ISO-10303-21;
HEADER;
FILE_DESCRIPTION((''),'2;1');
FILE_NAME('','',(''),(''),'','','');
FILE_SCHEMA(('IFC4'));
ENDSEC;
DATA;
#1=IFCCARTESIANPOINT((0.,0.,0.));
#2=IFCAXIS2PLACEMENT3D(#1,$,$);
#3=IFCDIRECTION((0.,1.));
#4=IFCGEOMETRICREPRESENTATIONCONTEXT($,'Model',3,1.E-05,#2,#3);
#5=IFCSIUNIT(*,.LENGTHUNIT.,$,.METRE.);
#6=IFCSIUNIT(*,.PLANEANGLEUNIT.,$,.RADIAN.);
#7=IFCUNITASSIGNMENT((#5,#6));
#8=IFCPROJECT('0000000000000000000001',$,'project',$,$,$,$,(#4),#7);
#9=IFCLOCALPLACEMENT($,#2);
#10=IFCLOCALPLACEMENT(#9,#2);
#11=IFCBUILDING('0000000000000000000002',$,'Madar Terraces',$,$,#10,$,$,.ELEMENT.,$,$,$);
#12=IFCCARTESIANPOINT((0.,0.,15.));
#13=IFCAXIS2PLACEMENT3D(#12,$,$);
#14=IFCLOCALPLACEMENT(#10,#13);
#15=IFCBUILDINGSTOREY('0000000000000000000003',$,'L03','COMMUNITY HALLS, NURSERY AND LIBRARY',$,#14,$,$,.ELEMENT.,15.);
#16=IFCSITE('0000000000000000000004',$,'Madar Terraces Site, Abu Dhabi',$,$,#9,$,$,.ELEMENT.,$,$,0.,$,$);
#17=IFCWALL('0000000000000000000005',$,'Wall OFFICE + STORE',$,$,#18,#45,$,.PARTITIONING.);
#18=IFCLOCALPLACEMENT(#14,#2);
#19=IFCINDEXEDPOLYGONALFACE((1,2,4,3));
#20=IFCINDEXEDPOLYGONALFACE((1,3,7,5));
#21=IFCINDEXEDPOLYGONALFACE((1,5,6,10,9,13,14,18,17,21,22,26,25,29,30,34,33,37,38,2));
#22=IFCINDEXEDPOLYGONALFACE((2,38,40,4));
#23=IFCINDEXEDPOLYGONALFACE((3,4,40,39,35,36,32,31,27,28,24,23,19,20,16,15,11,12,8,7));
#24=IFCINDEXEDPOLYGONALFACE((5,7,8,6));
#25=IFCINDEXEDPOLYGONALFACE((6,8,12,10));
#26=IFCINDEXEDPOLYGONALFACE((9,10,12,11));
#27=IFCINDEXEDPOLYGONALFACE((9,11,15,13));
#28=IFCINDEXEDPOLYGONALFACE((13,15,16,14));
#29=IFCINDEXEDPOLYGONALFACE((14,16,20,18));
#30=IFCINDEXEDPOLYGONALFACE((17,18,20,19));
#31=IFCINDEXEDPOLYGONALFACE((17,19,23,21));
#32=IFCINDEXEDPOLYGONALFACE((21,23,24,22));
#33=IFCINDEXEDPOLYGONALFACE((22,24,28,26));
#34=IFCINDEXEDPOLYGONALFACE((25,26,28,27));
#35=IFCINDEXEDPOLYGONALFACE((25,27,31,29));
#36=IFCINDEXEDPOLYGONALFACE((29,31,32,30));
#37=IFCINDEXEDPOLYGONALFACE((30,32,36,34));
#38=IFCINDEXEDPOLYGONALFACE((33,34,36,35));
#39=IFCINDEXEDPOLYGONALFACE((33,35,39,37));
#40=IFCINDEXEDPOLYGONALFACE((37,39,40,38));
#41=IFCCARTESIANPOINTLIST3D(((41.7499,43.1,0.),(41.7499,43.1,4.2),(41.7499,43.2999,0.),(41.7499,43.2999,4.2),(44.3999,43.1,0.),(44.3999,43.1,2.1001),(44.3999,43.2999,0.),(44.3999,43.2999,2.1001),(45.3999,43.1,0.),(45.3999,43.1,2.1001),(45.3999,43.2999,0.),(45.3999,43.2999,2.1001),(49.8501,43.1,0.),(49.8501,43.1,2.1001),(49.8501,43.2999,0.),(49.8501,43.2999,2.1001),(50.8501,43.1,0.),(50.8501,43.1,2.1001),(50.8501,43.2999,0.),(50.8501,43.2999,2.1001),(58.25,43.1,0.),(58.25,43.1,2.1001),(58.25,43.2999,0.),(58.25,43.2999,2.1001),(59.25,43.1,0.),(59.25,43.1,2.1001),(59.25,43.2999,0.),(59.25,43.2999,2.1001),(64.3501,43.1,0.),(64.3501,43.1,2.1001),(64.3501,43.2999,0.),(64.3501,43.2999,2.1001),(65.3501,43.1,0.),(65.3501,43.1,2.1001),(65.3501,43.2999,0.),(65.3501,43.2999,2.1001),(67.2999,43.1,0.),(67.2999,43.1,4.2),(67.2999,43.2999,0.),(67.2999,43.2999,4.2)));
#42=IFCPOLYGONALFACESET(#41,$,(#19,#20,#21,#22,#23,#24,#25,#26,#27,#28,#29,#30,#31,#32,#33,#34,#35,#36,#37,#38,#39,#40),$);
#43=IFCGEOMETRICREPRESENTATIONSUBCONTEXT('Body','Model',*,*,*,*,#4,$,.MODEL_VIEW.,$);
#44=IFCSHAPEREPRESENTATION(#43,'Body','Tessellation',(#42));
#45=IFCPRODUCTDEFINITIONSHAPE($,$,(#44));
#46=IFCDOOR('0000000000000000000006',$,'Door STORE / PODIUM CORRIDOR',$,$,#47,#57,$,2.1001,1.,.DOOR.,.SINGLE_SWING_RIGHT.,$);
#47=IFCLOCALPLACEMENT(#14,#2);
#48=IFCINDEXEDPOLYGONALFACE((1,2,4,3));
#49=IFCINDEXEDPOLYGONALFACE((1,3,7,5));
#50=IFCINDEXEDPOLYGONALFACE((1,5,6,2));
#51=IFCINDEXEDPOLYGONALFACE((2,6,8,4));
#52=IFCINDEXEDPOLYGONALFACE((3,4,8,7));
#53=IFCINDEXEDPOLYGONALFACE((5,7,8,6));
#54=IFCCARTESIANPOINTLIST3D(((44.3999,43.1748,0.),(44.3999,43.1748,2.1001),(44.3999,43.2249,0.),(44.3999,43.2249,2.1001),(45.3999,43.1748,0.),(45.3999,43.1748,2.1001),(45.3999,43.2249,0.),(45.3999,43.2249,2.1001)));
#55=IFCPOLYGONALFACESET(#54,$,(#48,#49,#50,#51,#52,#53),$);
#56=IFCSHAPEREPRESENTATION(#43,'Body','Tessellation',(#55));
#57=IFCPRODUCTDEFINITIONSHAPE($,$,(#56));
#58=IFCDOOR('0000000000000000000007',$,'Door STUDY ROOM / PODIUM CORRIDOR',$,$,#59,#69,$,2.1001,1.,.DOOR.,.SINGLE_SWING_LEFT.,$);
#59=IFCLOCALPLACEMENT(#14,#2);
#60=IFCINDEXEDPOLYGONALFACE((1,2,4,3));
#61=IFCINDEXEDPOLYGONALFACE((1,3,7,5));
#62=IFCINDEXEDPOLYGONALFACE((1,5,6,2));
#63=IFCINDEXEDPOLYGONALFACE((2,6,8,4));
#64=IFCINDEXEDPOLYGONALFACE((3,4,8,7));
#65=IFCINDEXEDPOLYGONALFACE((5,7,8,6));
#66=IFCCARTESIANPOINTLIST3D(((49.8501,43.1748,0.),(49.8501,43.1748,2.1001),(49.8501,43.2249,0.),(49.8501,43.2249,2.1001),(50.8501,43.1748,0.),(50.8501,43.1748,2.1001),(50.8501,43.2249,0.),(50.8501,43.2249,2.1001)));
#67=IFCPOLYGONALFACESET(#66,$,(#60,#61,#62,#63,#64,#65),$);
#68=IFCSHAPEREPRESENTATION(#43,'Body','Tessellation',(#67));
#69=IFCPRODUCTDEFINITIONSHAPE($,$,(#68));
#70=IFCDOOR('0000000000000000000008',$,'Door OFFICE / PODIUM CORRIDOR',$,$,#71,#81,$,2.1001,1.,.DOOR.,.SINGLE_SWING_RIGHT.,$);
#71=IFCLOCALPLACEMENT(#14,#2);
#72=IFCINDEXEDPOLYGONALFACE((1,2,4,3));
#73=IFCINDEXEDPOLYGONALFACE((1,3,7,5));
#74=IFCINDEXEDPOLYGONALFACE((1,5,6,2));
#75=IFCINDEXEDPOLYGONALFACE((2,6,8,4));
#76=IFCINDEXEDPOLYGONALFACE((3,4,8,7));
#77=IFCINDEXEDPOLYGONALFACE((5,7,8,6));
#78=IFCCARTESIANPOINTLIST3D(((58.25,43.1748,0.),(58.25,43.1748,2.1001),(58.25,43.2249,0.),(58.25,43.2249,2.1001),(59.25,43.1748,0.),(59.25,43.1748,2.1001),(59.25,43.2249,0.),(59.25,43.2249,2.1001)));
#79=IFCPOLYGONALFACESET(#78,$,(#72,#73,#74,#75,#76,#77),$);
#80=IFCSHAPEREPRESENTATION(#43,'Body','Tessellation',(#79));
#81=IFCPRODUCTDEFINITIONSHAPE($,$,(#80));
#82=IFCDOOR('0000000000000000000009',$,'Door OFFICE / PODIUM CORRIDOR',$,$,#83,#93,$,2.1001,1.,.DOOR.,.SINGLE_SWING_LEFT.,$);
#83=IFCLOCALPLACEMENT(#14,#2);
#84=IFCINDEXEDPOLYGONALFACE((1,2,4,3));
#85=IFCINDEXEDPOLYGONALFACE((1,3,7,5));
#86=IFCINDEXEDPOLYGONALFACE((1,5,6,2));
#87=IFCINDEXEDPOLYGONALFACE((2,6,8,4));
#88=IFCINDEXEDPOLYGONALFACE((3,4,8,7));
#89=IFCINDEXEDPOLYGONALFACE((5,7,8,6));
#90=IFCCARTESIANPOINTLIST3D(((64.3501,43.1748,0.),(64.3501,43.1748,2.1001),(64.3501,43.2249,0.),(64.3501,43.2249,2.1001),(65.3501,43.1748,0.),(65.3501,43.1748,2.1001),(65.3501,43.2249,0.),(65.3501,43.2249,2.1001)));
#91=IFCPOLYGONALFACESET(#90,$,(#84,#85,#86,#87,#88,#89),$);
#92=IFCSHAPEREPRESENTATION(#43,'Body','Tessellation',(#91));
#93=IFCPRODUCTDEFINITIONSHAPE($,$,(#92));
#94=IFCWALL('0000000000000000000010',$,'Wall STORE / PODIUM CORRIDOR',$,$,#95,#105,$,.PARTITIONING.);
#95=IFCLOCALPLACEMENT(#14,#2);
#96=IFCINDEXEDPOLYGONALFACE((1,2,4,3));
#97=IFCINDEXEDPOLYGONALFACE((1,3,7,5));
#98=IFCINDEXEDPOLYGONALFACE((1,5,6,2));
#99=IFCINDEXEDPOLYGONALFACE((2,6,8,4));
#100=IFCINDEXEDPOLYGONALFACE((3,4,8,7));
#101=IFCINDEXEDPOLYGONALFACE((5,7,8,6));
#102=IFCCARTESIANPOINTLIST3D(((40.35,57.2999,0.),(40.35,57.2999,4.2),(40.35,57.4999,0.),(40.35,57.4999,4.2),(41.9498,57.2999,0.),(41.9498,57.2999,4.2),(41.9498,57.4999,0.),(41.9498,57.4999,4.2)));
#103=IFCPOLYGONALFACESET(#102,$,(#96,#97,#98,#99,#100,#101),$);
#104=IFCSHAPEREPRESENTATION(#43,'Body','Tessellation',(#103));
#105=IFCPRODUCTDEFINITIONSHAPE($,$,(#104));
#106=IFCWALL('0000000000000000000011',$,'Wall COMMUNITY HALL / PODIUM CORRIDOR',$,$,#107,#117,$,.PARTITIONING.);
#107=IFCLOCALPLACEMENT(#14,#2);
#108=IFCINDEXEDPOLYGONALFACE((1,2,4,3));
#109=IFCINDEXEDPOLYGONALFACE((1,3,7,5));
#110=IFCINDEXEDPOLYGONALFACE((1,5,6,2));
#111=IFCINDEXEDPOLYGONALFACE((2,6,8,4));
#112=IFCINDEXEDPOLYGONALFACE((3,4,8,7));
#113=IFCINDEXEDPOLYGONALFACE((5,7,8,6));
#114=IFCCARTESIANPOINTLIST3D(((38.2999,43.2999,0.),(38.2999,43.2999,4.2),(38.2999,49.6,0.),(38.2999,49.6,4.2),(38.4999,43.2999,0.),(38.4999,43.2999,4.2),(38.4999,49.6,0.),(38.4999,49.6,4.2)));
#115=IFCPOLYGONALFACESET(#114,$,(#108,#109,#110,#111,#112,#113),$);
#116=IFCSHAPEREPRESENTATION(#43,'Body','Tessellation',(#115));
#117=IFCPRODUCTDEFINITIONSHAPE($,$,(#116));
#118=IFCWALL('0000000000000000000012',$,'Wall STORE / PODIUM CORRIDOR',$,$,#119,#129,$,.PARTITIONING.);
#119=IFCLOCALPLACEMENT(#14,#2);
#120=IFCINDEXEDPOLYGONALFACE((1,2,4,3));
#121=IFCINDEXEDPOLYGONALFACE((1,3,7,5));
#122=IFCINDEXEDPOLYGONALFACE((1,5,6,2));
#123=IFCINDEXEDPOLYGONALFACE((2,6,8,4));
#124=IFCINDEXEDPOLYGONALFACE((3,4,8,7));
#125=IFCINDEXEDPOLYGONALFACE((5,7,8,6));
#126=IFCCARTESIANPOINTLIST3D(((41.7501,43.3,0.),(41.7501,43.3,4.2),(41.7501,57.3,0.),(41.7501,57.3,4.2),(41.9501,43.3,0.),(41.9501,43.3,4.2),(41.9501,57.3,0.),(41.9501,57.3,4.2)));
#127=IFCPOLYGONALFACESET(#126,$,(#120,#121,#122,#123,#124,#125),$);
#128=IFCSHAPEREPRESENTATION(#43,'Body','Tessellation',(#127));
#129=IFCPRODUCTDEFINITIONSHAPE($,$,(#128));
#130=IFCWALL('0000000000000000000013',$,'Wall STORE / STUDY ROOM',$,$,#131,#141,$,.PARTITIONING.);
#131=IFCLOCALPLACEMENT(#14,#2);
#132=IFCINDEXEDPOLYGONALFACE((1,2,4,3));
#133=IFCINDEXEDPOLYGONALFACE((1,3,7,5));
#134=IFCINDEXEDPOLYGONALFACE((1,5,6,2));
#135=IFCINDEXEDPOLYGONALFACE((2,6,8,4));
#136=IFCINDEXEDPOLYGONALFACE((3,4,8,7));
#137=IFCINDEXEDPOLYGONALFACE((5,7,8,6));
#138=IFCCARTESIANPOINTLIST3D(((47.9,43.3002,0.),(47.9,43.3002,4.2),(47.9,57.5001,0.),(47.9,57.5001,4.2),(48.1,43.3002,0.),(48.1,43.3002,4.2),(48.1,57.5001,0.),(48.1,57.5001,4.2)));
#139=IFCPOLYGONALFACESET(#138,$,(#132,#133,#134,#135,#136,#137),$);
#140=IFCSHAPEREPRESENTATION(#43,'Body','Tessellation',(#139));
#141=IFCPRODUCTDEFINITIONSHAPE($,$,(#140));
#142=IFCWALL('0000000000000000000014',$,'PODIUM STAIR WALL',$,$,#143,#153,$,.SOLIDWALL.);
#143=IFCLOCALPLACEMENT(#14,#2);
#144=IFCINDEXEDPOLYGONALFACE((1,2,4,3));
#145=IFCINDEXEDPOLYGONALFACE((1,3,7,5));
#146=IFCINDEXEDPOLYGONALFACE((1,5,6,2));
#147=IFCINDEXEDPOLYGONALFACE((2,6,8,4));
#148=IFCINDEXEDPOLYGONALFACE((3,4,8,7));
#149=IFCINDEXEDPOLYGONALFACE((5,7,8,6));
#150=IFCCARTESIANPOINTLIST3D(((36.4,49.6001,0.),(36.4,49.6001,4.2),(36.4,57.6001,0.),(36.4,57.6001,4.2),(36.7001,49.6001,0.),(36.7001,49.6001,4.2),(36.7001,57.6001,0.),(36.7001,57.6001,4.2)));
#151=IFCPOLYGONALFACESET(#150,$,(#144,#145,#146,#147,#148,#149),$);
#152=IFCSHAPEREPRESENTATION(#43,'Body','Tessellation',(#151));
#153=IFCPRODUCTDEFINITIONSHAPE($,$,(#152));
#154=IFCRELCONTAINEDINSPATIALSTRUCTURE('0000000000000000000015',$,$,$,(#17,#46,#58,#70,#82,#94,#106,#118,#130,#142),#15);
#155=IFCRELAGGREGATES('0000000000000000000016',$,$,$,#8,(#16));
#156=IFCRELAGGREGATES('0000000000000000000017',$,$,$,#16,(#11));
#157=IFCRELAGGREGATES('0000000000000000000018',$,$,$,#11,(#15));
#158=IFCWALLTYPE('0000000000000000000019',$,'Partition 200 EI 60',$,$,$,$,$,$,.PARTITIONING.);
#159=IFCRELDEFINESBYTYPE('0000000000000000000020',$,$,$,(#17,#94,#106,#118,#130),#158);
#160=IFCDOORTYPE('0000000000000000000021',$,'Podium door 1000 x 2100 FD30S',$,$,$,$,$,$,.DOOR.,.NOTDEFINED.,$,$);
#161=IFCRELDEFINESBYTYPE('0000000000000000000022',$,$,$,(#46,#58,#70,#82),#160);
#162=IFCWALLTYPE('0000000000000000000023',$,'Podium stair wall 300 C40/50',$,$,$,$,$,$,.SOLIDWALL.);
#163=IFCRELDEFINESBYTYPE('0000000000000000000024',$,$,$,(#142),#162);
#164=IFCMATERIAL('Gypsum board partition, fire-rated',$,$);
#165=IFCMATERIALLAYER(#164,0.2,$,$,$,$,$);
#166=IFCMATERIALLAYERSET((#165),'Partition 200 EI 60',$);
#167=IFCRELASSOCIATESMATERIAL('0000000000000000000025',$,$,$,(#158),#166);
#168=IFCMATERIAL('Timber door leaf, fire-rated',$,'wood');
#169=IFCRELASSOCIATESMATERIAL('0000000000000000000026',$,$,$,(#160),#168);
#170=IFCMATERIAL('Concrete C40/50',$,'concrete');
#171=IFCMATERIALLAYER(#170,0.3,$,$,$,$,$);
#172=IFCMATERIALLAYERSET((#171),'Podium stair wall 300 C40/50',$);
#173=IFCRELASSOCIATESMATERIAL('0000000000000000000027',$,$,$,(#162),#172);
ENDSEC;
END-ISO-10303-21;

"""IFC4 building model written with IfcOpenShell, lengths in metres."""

from ifc_helpers import new_model, si_unit, direction, frame, frame_2d, origin, place, context, subcontext, project, spatial, rectangle, extrude, material, layer, layer_set, type_object, element, fill, save


model = new_model("IFC4")

# Units and contexts
model_context = context("Model", 3, precision=1e-05, world=origin(), true_north=direction((0.0, 1.0)))
body_context = subcontext(model_context, "Body", "Model", "MODEL_VIEW")
ifc_project = project(units=[si_unit("LENGTHUNIT", "METRE"), si_unit("PLANEANGLEUNIT", "RADIAN")], contexts=[model_context])

# Site, building, storey
site_placement = place(None, origin())
site = spatial("IfcSite", under=ifc_project, at=site_placement, Name="Madar Terraces Site, Abu Dhabi", CompositionType="ELEMENT", RefElevation=0.0)
building_placement = place(site_placement, origin())
building = spatial("IfcBuilding", under=site, at=building_placement, Name="Madar Terraces", CompositionType="ELEMENT")
storey_placement = place(building_placement, frame((0.0, 0.0, 15.0)))
storey = spatial("IfcBuildingStorey", under=building, at=storey_placement, Name="L03", Description="COMMUNITY HALLS, NURSERY AND LIBRARY", CompositionType="ELEMENT", Elevation=15.0)

# Shared definitions
ifc_material_1 = material(Name="Gypsum board partition, fire-rated")
ifc_layer_1 = layer(ifc_material_1, 0.2)
ifc_layer_set_1 = layer_set([ifc_layer_1], Name="Partition 200 EI 60")
wall_type_1 = type_object("IfcWallType", Name="Partition 200 EI 60", PredefinedType="PARTITIONING", material=ifc_layer_set_1)

# Wall, openings, doors
wall_1_placement = place(storey_placement, frame((41.75, 43.2, 0.0), z_axis=(0.0, 0.0, 1.0), x_axis=(1.0, 0.0, 0.0)))
wall_1 = element("IfcWall", 1, at=wall_1_placement, inside=storey, type_object=wall_type_1, Name="Wall OFFICE + STORE", PredefinedType="PARTITIONING", context=body_context, shape_type="SweptSolid", body=[
    extrude(rectangle(XDim=25.55, YDim=0.2, at=frame_2d((12.7749, 0.0))), origin(), (0.0, 0.0, 1.0), 4.2),
])
opening_1_placement = place(wall_1_placement, frame((2.6499, 0.0, 0.0)))
opening_1 = element("IfcOpeningElement", 2, at=opening_1_placement, cuts=wall_1, PredefinedType="OPENING", context=body_context, shape_type="SweptSolid", body=[
    extrude(rectangle(XDim=1.0, YDim=2.1001, at=frame_2d((0.5, 1.05))), frame((0.0, 0.1099, 0.0), z_axis=(0.0, -1.0, 0.0), x_axis=(1.0, 0.0, 0.0)), (0.0, 0.0, 1.0), 0.22),
])
opening_2_placement = place(wall_1_placement, frame((8.1001, 0.0, 0.0)))
opening_2 = element("IfcOpeningElement", 3, at=opening_2_placement, cuts=wall_1, PredefinedType="OPENING", context=body_context, shape_type="SweptSolid", body=[
    extrude(rectangle(XDim=1.0, YDim=2.1001, at=frame_2d((0.5, 1.05))), frame((0.0, 0.1099, 0.0), z_axis=(0.0, -1.0, 0.0), x_axis=(1.0, 0.0, 0.0)), (0.0, 0.0, 1.0), 0.22),
])
opening_3_placement = place(wall_1_placement, frame((16.5, 0.0, 0.0)))
opening_3 = element("IfcOpeningElement", 4, at=opening_3_placement, cuts=wall_1, PredefinedType="OPENING", context=body_context, shape_type="SweptSolid", body=[
    extrude(rectangle(XDim=1.0, YDim=2.1001, at=frame_2d((0.5, 1.05))), frame((0.0, 0.1099, 0.0), z_axis=(0.0, -1.0, 0.0), x_axis=(1.0, 0.0, 0.0)), (0.0, 0.0, 1.0), 0.22),
])
opening_4_placement = place(wall_1_placement, frame((22.6001, 0.0, 0.0)))
opening_4 = element("IfcOpeningElement", 5, at=opening_4_placement, cuts=wall_1, PredefinedType="OPENING", context=body_context, shape_type="SweptSolid", body=[
    extrude(rectangle(XDim=1.0, YDim=2.1001, at=frame_2d((0.5, 1.05))), frame((0.0, 0.1099, 0.0), z_axis=(0.0, -1.0, 0.0), x_axis=(1.0, 0.0, 0.0)), (0.0, 0.0, 1.0), 0.22),
])
ifc_material_2 = material(Name="Timber door leaf, fire-rated", Category="wood")
door_type_1 = type_object("IfcDoorType", Name="Podium door 1000 x 2100 FD30S", OperationType="NOTDEFINED", PredefinedType="DOOR", material=ifc_material_2)
door_1_placement = place(opening_1_placement, origin())
door_1 = element("IfcDoor", 6, at=door_1_placement, inside=storey, type_object=door_type_1, Name="Door STORE / PODIUM CORRIDOR", OperationType="SINGLE_SWING_RIGHT", OverallHeight=2.1001, OverallWidth=1.0, PredefinedType="DOOR", context=body_context, shape_type="SweptSolid", body=[
    extrude(rectangle(XDim=1.0, YDim=2.1001, at=frame_2d((0.5, 1.05))), frame((0.0, 0.0249, 0.0), z_axis=(0.0, -1.0, 0.0), x_axis=(1.0, 0.0, 0.0)), (0.0, 0.0, 1.0), 0.05),
])
fill(opening_1, door_1)
door_2_placement = place(opening_2_placement, origin())
door_2 = element("IfcDoor", 7, at=door_2_placement, inside=storey, type_object=door_type_1, Name="Door STUDY ROOM / PODIUM CORRIDOR", OperationType="SINGLE_SWING_LEFT", OverallHeight=2.1001, OverallWidth=1.0, PredefinedType="DOOR", context=body_context, shape_type="SweptSolid", body=[
    extrude(rectangle(XDim=1.0, YDim=2.1001, at=frame_2d((0.5, 1.05))), frame((0.0, 0.0249, 0.0), z_axis=(0.0, -1.0, 0.0), x_axis=(1.0, 0.0, 0.0)), (0.0, 0.0, 1.0), 0.05),
])
fill(opening_2, door_2)
door_3_placement = place(opening_3_placement, origin())
door_3 = element("IfcDoor", 8, at=door_3_placement, inside=storey, type_object=door_type_1, Name="Door OFFICE / PODIUM CORRIDOR", OperationType="SINGLE_SWING_RIGHT", OverallHeight=2.1001, OverallWidth=1.0, PredefinedType="DOOR", context=body_context, shape_type="SweptSolid", body=[
    extrude(rectangle(XDim=1.0, YDim=2.1001, at=frame_2d((0.5, 1.05))), frame((0.0, 0.0249, 0.0), z_axis=(0.0, -1.0, 0.0), x_axis=(1.0, 0.0, 0.0)), (0.0, 0.0, 1.0), 0.05),
])
fill(opening_3, door_3)
door_4_placement = place(opening_4_placement, origin())
door_4 = element("IfcDoor", 9, at=door_4_placement, inside=storey, type_object=door_type_1, Name="Door OFFICE / PODIUM CORRIDOR", OperationType="SINGLE_SWING_LEFT", OverallHeight=2.1001, OverallWidth=1.0, PredefinedType="DOOR", context=body_context, shape_type="SweptSolid", body=[
    extrude(rectangle(XDim=1.0, YDim=2.1001, at=frame_2d((0.5, 1.05))), frame((0.0, 0.0249, 0.0), z_axis=(0.0, -1.0, 0.0), x_axis=(1.0, 0.0, 0.0)), (0.0, 0.0, 1.0), 0.05),
])
fill(opening_4, door_4)

# Walls
wall_2_placement = place(storey_placement, frame((40.3501, 57.3999, 0.0), z_axis=(0.0, 0.0, 1.0), x_axis=(1.0, 0.0, 0.0)))
element("IfcWall", 10, at=wall_2_placement, inside=storey, type_object=wall_type_1, Name="Wall STORE / PODIUM CORRIDOR", PredefinedType="PARTITIONING", context=body_context, shape_type="SweptSolid", body=[
    extrude(rectangle(XDim=1.5999, YDim=0.2, at=frame_2d((0.7998, 0.0))), origin(), (0.0, 0.0, 1.0), 4.2),
])
wall_3_placement = place(storey_placement, frame((38.3999, 43.3, 0.0), z_axis=(0.0, 0.0, 1.0), x_axis=(0.0, 1.0, 0.0)))
element("IfcWall", 11, at=wall_3_placement, inside=storey, type_object=wall_type_1, Name="Wall COMMUNITY HALL / PODIUM CORRIDOR", PredefinedType="PARTITIONING", context=body_context, shape_type="SweptSolid", body=[
    extrude(rectangle(XDim=6.3, YDim=0.2, at=frame_2d((3.1499, 0.0))), origin(), (0.0, 0.0, 1.0), 4.2),
])
wall_4_placement = place(storey_placement, frame((41.8501, 43.3, 0.0), z_axis=(0.0, 0.0, 1.0), x_axis=(0.0, 1.0, 0.0)))
element("IfcWall", 12, at=wall_4_placement, inside=storey, type_object=wall_type_1, Name="Wall STORE / PODIUM CORRIDOR", PredefinedType="PARTITIONING", context=body_context, shape_type="SweptSolid", body=[
    extrude(rectangle(XDim=14.0, YDim=0.2, at=frame_2d((7.0, 0.0))), origin(), (0.0, 0.0, 1.0), 4.2),
])
wall_5_placement = place(storey_placement, frame((48.0, 43.3, 0.0), z_axis=(0.0, 0.0, 1.0), x_axis=(0.0, 1.0, 0.0)))
element("IfcWall", 13, at=wall_5_placement, inside=storey, type_object=wall_type_1, Name="Wall STORE / STUDY ROOM", PredefinedType="PARTITIONING", context=body_context, shape_type="SweptSolid", body=[
    extrude(rectangle(XDim=14.2, YDim=0.2, at=frame_2d((7.1001, 0.0))), origin(), (0.0, 0.0, 1.0), 4.2),
])
ifc_material_3 = material(Name="Concrete C40/50", Category="concrete")
ifc_layer_2 = layer(ifc_material_3, 0.3)
ifc_layer_set_2 = layer_set([ifc_layer_2], Name="Podium stair wall 300 C40/50")
wall_type_2 = type_object("IfcWallType", Name="Podium stair wall 300 C40/50", PredefinedType="SOLIDWALL", material=ifc_layer_set_2)
wall_6_placement = place(storey_placement, frame((36.55, 49.6001, 0.0), z_axis=(0.0, 0.0, 1.0), x_axis=(0.0, 1.0, 0.0)))
element("IfcWall", 14, at=wall_6_placement, inside=storey, type_object=wall_type_2, Name="PODIUM STAIR WALL", PredefinedType="SOLIDWALL", context=body_context, shape_type="SweptSolid", body=[
    extrude(rectangle(XDim=8.0, YDim=0.3, at=frame_2d((4.0, 0.0))), origin(), (0.0, 0.0, 1.0), 4.2),
])

save(model, "model.ifc")
